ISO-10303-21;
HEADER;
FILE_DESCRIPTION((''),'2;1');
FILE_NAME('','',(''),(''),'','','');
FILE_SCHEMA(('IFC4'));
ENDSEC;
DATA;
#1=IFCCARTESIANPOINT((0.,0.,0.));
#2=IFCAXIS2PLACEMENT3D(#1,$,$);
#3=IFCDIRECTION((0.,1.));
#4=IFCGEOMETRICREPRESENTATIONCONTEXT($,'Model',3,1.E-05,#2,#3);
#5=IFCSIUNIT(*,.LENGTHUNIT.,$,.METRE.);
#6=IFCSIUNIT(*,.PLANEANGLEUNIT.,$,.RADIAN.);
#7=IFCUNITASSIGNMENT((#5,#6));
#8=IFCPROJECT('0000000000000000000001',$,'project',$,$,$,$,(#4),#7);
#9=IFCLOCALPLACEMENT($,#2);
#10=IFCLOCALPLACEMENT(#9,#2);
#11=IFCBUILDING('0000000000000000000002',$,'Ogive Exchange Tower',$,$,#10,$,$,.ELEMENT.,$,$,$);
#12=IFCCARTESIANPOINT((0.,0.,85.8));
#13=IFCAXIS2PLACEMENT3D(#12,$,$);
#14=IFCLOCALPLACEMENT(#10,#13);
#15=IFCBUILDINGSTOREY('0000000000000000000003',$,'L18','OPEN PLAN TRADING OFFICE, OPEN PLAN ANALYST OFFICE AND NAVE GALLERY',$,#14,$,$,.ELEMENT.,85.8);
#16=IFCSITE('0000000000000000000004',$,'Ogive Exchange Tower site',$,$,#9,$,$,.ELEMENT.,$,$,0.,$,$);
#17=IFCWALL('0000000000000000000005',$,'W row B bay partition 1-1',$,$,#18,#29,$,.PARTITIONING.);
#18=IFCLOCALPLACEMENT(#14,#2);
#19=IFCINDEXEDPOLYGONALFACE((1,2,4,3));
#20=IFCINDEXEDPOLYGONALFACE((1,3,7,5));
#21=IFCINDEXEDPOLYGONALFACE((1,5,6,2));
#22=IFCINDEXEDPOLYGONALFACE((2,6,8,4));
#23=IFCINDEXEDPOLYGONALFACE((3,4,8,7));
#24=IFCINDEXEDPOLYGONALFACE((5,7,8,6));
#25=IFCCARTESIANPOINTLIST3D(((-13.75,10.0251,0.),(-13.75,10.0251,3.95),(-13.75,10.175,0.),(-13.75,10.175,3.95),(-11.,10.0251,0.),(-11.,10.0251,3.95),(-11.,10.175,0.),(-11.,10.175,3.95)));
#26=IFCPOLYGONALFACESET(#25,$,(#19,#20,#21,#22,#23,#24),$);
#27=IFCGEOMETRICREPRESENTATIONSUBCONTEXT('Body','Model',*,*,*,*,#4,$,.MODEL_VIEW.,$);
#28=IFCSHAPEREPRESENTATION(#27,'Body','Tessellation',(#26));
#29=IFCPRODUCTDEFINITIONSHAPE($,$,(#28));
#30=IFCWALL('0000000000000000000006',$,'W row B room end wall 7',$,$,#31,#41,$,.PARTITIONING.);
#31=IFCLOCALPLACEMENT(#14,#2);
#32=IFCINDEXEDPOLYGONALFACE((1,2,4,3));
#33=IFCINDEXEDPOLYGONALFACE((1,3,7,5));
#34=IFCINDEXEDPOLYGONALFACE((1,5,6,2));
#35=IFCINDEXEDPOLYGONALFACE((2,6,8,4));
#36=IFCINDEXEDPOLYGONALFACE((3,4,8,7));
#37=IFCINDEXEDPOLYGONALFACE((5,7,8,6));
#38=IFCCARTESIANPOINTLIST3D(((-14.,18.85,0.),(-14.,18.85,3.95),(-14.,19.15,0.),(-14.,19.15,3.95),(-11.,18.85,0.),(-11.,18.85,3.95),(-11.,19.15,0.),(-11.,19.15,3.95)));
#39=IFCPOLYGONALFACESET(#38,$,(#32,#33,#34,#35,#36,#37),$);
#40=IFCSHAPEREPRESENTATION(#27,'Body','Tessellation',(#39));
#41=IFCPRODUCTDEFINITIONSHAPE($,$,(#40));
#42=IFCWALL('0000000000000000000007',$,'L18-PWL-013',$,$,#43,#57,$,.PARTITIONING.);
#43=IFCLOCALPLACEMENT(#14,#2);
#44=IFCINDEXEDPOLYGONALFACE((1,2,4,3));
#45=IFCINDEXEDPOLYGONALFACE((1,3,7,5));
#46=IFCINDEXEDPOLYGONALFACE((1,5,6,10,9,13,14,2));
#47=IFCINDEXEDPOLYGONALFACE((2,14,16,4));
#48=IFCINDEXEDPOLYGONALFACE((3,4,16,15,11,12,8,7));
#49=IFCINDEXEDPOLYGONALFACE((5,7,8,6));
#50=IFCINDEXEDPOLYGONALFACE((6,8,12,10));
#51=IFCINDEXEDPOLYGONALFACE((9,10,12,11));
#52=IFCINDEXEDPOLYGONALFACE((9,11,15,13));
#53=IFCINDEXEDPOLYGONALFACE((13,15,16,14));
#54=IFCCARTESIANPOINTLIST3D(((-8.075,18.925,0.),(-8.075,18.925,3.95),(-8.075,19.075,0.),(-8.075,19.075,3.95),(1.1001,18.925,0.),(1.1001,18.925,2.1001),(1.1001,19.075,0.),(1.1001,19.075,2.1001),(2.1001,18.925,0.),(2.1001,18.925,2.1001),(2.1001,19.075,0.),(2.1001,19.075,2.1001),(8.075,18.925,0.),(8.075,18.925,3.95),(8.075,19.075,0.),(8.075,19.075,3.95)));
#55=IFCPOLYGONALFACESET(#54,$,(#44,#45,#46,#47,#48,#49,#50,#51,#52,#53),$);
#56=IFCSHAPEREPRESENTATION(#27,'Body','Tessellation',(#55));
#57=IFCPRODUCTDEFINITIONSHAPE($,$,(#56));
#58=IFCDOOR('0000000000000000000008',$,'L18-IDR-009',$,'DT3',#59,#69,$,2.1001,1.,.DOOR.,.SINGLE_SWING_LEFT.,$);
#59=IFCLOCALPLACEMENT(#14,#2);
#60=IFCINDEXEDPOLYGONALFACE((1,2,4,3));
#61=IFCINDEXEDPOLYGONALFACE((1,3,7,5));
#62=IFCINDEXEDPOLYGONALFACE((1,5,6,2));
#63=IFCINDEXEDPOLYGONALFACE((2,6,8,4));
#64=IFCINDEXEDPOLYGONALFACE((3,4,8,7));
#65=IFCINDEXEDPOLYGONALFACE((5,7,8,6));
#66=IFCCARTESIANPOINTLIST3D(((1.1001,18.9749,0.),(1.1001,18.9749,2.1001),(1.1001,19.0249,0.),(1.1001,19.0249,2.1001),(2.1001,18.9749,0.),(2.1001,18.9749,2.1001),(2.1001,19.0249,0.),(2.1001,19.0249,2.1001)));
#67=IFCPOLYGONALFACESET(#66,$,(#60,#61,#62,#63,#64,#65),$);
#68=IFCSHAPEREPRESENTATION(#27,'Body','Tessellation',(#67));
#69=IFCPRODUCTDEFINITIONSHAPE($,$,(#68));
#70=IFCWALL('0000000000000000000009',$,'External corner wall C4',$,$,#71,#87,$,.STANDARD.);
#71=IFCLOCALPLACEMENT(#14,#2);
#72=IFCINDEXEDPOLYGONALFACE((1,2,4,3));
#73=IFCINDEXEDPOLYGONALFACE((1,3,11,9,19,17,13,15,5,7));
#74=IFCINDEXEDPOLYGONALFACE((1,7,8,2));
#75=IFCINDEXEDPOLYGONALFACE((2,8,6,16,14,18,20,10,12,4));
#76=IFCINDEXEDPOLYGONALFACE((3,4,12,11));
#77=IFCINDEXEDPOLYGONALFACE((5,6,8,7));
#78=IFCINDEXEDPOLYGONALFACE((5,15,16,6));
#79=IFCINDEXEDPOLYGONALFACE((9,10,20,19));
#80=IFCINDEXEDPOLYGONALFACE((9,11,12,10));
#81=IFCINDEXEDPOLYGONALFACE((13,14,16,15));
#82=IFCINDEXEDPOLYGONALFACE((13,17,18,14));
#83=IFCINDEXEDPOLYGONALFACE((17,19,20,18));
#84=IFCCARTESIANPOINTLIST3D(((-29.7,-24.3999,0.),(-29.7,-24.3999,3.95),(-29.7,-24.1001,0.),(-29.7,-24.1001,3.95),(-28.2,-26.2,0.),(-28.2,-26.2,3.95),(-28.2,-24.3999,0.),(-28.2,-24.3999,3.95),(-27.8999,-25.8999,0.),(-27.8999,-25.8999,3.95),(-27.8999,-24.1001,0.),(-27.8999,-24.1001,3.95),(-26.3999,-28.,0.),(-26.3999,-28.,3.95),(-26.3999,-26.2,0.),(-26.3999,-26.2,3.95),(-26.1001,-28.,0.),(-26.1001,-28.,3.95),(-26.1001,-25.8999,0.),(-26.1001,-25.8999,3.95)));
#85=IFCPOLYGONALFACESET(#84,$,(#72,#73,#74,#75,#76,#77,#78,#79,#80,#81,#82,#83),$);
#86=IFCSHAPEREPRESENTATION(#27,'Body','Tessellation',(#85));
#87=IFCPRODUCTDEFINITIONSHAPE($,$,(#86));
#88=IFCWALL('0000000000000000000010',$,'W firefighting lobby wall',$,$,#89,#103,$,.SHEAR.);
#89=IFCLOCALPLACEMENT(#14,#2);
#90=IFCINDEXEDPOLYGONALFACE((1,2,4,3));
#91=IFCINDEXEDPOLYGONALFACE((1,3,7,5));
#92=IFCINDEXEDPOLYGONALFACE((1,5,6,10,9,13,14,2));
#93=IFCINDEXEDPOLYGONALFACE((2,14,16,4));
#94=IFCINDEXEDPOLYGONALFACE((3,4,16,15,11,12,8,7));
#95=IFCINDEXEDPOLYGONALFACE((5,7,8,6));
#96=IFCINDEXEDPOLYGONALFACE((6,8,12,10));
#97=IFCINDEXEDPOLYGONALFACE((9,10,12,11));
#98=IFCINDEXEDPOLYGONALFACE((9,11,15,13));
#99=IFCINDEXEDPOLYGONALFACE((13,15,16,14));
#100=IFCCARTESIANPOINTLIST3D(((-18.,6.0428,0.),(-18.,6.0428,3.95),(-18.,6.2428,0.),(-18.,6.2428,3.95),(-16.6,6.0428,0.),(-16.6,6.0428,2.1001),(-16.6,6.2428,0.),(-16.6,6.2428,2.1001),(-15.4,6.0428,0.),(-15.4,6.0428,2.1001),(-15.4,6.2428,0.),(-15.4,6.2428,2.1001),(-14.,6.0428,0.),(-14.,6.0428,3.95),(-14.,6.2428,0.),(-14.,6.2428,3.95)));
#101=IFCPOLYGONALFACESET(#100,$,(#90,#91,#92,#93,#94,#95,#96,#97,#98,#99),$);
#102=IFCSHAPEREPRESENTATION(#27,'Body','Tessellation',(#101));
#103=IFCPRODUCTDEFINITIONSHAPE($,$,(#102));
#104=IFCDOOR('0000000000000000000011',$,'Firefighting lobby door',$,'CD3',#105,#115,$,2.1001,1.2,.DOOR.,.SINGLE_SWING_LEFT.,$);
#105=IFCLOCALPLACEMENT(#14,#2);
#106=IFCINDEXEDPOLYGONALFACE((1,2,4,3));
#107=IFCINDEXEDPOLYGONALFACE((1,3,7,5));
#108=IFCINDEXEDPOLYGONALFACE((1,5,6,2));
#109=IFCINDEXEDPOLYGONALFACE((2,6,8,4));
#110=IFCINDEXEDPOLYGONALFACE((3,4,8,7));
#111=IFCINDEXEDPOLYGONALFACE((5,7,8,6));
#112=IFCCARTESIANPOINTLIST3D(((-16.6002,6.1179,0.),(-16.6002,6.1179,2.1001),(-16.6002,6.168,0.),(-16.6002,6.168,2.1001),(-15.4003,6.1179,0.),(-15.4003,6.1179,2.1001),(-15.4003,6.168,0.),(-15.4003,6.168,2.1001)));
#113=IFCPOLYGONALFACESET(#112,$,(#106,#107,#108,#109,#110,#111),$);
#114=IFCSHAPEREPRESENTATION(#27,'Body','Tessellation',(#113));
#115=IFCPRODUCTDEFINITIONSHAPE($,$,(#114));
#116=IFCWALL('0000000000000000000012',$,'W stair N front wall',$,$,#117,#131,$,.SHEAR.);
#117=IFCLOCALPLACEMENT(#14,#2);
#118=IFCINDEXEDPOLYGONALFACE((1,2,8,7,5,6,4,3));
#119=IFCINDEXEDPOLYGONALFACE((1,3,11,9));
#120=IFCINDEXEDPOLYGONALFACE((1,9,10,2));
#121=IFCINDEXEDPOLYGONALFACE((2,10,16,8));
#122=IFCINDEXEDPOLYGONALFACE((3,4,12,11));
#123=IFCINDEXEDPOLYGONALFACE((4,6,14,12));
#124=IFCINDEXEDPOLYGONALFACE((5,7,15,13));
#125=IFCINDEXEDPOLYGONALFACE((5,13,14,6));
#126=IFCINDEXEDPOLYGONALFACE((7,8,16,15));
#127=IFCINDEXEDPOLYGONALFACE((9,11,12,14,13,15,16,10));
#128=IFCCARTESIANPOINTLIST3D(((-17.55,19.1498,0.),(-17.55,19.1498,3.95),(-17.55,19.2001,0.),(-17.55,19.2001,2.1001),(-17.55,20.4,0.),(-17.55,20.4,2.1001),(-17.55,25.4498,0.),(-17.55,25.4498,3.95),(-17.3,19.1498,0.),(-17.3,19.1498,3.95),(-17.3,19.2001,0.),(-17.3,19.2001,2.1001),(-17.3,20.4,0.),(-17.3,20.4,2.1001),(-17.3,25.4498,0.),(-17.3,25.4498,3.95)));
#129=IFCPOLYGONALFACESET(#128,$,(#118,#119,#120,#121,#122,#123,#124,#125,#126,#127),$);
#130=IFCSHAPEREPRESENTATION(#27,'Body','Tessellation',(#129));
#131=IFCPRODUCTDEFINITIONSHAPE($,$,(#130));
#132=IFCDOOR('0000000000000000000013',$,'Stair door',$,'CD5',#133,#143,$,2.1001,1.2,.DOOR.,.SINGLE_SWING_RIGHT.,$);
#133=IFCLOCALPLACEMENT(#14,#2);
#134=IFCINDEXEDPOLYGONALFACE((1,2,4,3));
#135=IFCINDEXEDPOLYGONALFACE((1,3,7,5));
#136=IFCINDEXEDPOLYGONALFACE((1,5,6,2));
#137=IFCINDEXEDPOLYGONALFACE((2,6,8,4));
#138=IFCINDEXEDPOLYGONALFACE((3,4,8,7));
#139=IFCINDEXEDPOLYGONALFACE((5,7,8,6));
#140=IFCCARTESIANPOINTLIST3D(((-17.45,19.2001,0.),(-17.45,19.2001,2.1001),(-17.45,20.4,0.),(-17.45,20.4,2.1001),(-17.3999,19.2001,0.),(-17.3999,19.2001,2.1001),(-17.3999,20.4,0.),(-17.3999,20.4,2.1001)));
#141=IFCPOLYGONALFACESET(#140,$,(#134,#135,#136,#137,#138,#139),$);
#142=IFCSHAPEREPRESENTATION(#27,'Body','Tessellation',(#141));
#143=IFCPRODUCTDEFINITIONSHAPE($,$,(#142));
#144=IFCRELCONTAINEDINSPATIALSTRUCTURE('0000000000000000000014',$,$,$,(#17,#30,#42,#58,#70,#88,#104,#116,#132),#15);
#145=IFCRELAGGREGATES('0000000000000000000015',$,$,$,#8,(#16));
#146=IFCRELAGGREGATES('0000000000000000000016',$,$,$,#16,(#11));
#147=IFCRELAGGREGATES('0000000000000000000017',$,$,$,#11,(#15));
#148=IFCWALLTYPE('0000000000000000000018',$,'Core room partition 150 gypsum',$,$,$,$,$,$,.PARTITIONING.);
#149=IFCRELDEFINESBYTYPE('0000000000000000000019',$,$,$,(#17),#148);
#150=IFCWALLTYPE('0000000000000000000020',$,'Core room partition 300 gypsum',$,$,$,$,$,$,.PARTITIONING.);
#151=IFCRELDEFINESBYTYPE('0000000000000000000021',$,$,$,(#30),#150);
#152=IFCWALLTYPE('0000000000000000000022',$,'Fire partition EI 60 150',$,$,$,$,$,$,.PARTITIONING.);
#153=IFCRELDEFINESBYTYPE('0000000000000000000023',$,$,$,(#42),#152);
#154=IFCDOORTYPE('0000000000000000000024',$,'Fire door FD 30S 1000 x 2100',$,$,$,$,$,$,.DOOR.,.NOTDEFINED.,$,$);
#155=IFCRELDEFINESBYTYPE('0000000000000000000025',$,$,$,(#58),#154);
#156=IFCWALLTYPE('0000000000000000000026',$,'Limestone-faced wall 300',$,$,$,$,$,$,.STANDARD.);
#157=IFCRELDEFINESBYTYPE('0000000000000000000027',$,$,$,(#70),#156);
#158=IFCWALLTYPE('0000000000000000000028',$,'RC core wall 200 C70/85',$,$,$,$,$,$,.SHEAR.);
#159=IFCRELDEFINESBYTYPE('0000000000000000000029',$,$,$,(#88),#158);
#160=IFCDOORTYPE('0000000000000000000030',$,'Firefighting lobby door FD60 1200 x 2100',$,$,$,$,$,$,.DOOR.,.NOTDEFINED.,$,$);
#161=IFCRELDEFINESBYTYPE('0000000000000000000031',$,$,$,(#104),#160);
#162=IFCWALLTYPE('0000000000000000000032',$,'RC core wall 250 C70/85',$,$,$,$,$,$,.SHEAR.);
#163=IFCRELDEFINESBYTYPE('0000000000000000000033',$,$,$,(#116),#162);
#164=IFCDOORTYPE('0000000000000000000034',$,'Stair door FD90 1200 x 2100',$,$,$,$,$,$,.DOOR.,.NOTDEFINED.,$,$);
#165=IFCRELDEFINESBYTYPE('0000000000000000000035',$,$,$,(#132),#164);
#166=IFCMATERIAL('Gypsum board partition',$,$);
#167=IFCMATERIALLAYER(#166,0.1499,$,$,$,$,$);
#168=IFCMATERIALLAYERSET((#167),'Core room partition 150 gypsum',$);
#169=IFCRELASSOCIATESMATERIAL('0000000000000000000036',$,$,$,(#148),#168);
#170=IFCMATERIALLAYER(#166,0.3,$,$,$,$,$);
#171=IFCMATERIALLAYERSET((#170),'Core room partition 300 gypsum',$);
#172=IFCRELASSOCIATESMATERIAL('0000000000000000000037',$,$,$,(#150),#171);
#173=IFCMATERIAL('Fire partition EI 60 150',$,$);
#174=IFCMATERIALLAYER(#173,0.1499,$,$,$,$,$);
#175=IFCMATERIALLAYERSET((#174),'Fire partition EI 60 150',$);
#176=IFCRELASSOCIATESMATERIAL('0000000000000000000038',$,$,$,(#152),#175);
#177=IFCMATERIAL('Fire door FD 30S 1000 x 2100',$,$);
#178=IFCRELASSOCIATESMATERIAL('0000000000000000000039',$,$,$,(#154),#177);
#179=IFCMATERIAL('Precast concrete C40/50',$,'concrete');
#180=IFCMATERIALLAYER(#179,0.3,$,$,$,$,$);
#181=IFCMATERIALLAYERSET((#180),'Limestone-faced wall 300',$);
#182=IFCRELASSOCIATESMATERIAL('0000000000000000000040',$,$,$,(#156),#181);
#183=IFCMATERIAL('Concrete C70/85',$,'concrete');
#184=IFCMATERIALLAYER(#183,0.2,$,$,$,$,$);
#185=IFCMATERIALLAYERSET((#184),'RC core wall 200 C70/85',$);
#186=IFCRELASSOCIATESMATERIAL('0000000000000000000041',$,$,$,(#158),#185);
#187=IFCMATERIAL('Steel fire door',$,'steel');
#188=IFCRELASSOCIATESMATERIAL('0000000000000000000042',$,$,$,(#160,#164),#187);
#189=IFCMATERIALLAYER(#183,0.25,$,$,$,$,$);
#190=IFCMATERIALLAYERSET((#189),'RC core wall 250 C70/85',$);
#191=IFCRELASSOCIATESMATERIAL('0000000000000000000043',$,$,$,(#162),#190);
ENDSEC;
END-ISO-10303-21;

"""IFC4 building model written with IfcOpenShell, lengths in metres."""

from ifc_helpers import new_model, si_unit, direction, frame, frame_2d, origin, place, context, subcontext, project, spatial, polyline, rectangle, outline, extrude, material, layer, layer_set, type_object, element, fill, save


model = new_model("IFC4")

# Units and contexts
model_context = context("Model", 3, precision=1e-05, world=origin(), true_north=direction((0.0, 1.0)))
body_context = subcontext(model_context, "Body", "Model", "MODEL_VIEW")
ifc_project = project(units=[si_unit("LENGTHUNIT", "METRE"), si_unit("PLANEANGLEUNIT", "RADIAN")], contexts=[model_context])

# Site, building, storey
site_placement = place(None, origin())
site = spatial("IfcSite", under=ifc_project, at=site_placement, Name="Ogive Exchange Tower site", CompositionType="ELEMENT", RefElevation=0.0)
building_placement = place(site_placement, origin())
building = spatial("IfcBuilding", under=site, at=building_placement, Name="Ogive Exchange Tower", CompositionType="ELEMENT")
storey_placement = place(building_placement, frame((0.0, 0.0, 85.8)))
storey = spatial("IfcBuildingStorey", under=building, at=storey_placement, Name="L18", Description="OPEN PLAN TRADING OFFICE, OPEN PLAN ANALYST OFFICE AND NAVE GALLERY", CompositionType="ELEMENT", Elevation=85.8)

# Shared definitions
ifc_material_1 = material(Name="Concrete C70/85", Category="concrete")

# Walls
ifc_material_2 = material(Name="Gypsum board partition")
ifc_layer_1 = layer(ifc_material_2, 0.1499)
ifc_layer_set_1 = layer_set([ifc_layer_1], Name="Core room partition 150 gypsum")
wall_type_1 = type_object("IfcWallType", Name="Core room partition 150 gypsum", PredefinedType="PARTITIONING", material=ifc_layer_set_1)
wall_1_placement = place(storey_placement, frame((-13.75, 10.1001, 0.0), z_axis=(0.0, 0.0, 1.0), x_axis=(1.0, 0.0, 0.0)))
element("IfcWall", 1, at=wall_1_placement, inside=storey, type_object=wall_type_1, Name="W row B bay partition 1-1", PredefinedType="PARTITIONING", context=body_context, shape_type="SweptSolid", body=[
    extrude(rectangle(XDim=2.75, YDim=0.1499, at=frame_2d((1.375, 0.0))), origin(), (0.0, 0.0, 1.0), 3.95),
])
ifc_layer_2 = layer(ifc_material_2, 0.3)
ifc_layer_set_2 = layer_set([ifc_layer_2], Name="Core room partition 300 gypsum")
wall_type_2 = type_object("IfcWallType", Name="Core room partition 300 gypsum", PredefinedType="PARTITIONING", material=ifc_layer_set_2)
wall_2_placement = place(storey_placement, frame((-14.0, 19.0, 0.0), z_axis=(0.0, 0.0, 1.0), x_axis=(1.0, 0.0, 0.0)))
element("IfcWall", 2, at=wall_2_placement, inside=storey, type_object=wall_type_2, Name="W row B room end wall 7", PredefinedType="PARTITIONING", context=body_context, shape_type="SweptSolid", body=[
    extrude(rectangle(XDim=3.0, YDim=0.3, at=frame_2d((1.5, 0.0))), origin(), (0.0, 0.0, 1.0), 3.95),
])

# Wall, opening, door
ifc_material_3 = material(Name="Fire partition EI 60 150")
ifc_layer_3 = layer(ifc_material_3, 0.1499)
ifc_layer_set_3 = layer_set([ifc_layer_3], Name="Fire partition EI 60 150")
wall_type_3 = type_object("IfcWallType", Name="Fire partition EI 60 150", PredefinedType="PARTITIONING", material=ifc_layer_set_3)
wall_3_placement = place(storey_placement, frame((-8.075, 19.0, 0.0), z_axis=(0.0, 0.0, 1.0), x_axis=(1.0, 0.0, 0.0)))
wall_3 = element("IfcWall", 3, at=wall_3_placement, inside=storey, type_object=wall_type_3, Name="L18-PWL-013", PredefinedType="PARTITIONING", context=body_context, shape_type="SweptSolid", body=[
    extrude(rectangle(XDim=16.1499, YDim=0.1499, at=frame_2d((8.075, 0.0))), origin(), (0.0, 0.0, 1.0), 3.95),
])
opening_1_placement = place(wall_3_placement, frame((9.175, 0.0, 0.0)))
opening_1 = element("IfcOpeningElement", 4, at=opening_1_placement, cuts=wall_3, PredefinedType="OPENING", context=body_context, shape_type="SweptSolid", body=[
    extrude(rectangle(XDim=1.0, YDim=2.1001, at=frame_2d((0.5, 1.05))), frame((0.0, 0.085, 0.0), z_axis=(0.0, -1.0, 0.0), x_axis=(1.0, 0.0, 0.0)), (0.0, 0.0, 1.0), 0.1699),
])
ifc_material_4 = material(Name="Fire door FD 30S 1000 x 2100")
door_type_1 = type_object("IfcDoorType", Name="Fire door FD 30S 1000 x 2100", OperationType="NOTDEFINED", PredefinedType="DOOR", material=ifc_material_4)
door_1_placement = place(opening_1_placement, origin())
door_1 = element("IfcDoor", 5, at=door_1_placement, inside=storey, type_object=door_type_1, Name="L18-IDR-009", ObjectType="DT3", OperationType="SINGLE_SWING_LEFT", OverallHeight=2.1001, OverallWidth=1.0, PredefinedType="DOOR", context=body_context, shape_type="SweptSolid", body=[
    extrude(rectangle(XDim=1.0, YDim=2.1001, at=frame_2d((0.5, 1.05))), frame((0.0, 0.0249, 0.0), z_axis=(0.0, -1.0, 0.0), x_axis=(1.0, 0.0, 0.0)), (0.0, 0.0, 1.0), 0.05),
])
fill(opening_1, door_1)

# Wall
ifc_material_5 = material(Name="Precast concrete C40/50", Category="concrete")
ifc_layer_4 = layer(ifc_material_5, 0.3)
ifc_layer_set_4 = layer_set([ifc_layer_4], Name="Limestone-faced wall 300")
wall_type_4 = type_object("IfcWallType", Name="Limestone-faced wall 300", PredefinedType="STANDARD", material=ifc_layer_set_4)
wall_4_placement = place(storey_placement, origin())
element("IfcWall", 6, at=wall_4_placement, inside=storey, type_object=wall_type_4, Name="External corner wall C4", PredefinedType="STANDARD", context=body_context, shape_type="SweptSolid", body=[
    extrude(outline(polyline([(-26.3999, -26.2), (-28.2, -26.2), (-28.2, -24.3999), (-29.7, -24.3999), (-29.7, -24.1001), (-27.8999, -24.1001), (-27.8999, -25.8999), (-26.1001, -25.8999), (-26.1001, -28.0), (-26.3999, -28.0), (-26.3999, -26.2)])), origin(), (0.0, 0.0, 1.0), 3.95),
])

# Walls, openings, doors
ifc_layer_5 = layer(ifc_material_1, 0.2)
ifc_layer_set_5 = layer_set([ifc_layer_5], Name="RC core wall 200 C70/85")
wall_type_5 = type_object("IfcWallType", Name="RC core wall 200 C70/85", PredefinedType="SHEAR", material=ifc_layer_set_5)
wall_5_placement = place(storey_placement, frame((-18.0, 6.1428, 0.0), z_axis=(0.0, 0.0, 1.0), x_axis=(1.0, 0.0, 0.0)))
wall_5 = element("IfcWall", 7, at=wall_5_placement, inside=storey, type_object=wall_type_5, Name="W firefighting lobby wall", PredefinedType="SHEAR", context=body_context, shape_type="SweptSolid", body=[
    extrude(rectangle(XDim=4.0, YDim=0.2, at=frame_2d((2.0, 0.0))), origin(), (0.0, 0.0, 1.0), 3.95),
])
opening_2_placement = place(wall_5_placement, frame((1.3999, 0.0, 0.0)))
opening_2 = element("IfcOpeningElement", 8, at=opening_2_placement, cuts=wall_5, PredefinedType="OPENING", context=body_context, shape_type="SweptSolid", body=[
    extrude(rectangle(XDim=1.2, YDim=2.1001, at=frame_2d((0.6001, 1.05))), frame((0.0, 0.1099, 0.0), z_axis=(0.0, -1.0, 0.0), x_axis=(1.0, 0.0, 0.0)), (0.0, 0.0, 1.0), 0.22),
])
ifc_material_6 = material(Name="Steel fire door", Category="steel")
door_type_2 = type_object("IfcDoorType", Name="Firefighting lobby door FD60 1200 x 2100", OperationType="NOTDEFINED", PredefinedType="DOOR", material=ifc_material_6)
door_2_placement = place(opening_2_placement, frame((1.2, 0.0, 0.0), z_axis=(0.0, 0.0, 1.0), x_axis=(-1.0, 0.0, 0.0)))
door_2 = element("IfcDoor", 9, at=door_2_placement, inside=storey, type_object=door_type_2, Name="Firefighting lobby door", ObjectType="CD3", OperationType="SINGLE_SWING_LEFT", OverallHeight=2.1001, OverallWidth=1.2, PredefinedType="DOOR", context=body_context, shape_type="SweptSolid", body=[
    extrude(rectangle(XDim=1.2, YDim=2.1001, at=frame_2d((0.6001, 1.05))), frame((0.0, 0.0249, 0.0), z_axis=(0.0, -1.0, 0.0), x_axis=(1.0, 0.0, 0.0)), (0.0, 0.0, 1.0), 0.05),
])
fill(opening_2, door_2)
ifc_layer_6 = layer(ifc_material_1, 0.25)
ifc_layer_set_6 = layer_set([ifc_layer_6], Name="RC core wall 250 C70/85")
wall_type_6 = type_object("IfcWallType", Name="RC core wall 250 C70/85", PredefinedType="SHEAR", material=ifc_layer_set_6)
wall_6_placement = place(storey_placement, frame((-17.425, 19.1499, 0.0), z_axis=(0.0, 0.0, 1.0), x_axis=(0.0, 1.0, 0.0)))
wall_6 = element("IfcWall", 10, at=wall_6_placement, inside=storey, type_object=wall_type_6, Name="W stair N front wall", PredefinedType="SHEAR", context=body_context, shape_type="SweptSolid", body=[
    extrude(rectangle(XDim=6.3, YDim=0.25, at=frame_2d((3.1499, 0.0))), origin(), (0.0, 0.0, 1.0), 3.95),
])
opening_3_placement = place(wall_6_placement, frame((0.05, 0.0, 0.0)))
opening_3 = element("IfcOpeningElement", 11, at=opening_3_placement, cuts=wall_6, PredefinedType="OPENING", context=body_context, shape_type="SweptSolid", body=[
    extrude(rectangle(XDim=1.2, YDim=2.1001, at=frame_2d((0.6001, 1.05))), frame((0.0, 0.135, 0.0), z_axis=(0.0, -1.0, 0.0), x_axis=(1.0, 0.0, 0.0)), (0.0, 0.0, 1.0), 0.27),
])
door_type_3 = type_object("IfcDoorType", Name="Stair door FD90 1200 x 2100", OperationType="NOTDEFINED", PredefinedType="DOOR", material=ifc_material_6)
door_3_placement = place(opening_3_placement, origin())
door_3 = element("IfcDoor", 12, at=door_3_placement, inside=storey, type_object=door_type_3, Name="Stair door", ObjectType="CD5", OperationType="SINGLE_SWING_RIGHT", OverallHeight=2.1001, OverallWidth=1.2, PredefinedType="DOOR", context=body_context, shape_type="SweptSolid", body=[
    extrude(rectangle(XDim=1.2, YDim=2.1001, at=frame_2d((0.6001, 1.05))), frame((0.0, 0.0249, 0.0), z_axis=(0.0, -1.0, 0.0), x_axis=(1.0, 0.0, 0.0)), (0.0, 0.0, 1.0), 0.05),
])
fill(opening_3, door_3)

save(model, "model.ifc")
